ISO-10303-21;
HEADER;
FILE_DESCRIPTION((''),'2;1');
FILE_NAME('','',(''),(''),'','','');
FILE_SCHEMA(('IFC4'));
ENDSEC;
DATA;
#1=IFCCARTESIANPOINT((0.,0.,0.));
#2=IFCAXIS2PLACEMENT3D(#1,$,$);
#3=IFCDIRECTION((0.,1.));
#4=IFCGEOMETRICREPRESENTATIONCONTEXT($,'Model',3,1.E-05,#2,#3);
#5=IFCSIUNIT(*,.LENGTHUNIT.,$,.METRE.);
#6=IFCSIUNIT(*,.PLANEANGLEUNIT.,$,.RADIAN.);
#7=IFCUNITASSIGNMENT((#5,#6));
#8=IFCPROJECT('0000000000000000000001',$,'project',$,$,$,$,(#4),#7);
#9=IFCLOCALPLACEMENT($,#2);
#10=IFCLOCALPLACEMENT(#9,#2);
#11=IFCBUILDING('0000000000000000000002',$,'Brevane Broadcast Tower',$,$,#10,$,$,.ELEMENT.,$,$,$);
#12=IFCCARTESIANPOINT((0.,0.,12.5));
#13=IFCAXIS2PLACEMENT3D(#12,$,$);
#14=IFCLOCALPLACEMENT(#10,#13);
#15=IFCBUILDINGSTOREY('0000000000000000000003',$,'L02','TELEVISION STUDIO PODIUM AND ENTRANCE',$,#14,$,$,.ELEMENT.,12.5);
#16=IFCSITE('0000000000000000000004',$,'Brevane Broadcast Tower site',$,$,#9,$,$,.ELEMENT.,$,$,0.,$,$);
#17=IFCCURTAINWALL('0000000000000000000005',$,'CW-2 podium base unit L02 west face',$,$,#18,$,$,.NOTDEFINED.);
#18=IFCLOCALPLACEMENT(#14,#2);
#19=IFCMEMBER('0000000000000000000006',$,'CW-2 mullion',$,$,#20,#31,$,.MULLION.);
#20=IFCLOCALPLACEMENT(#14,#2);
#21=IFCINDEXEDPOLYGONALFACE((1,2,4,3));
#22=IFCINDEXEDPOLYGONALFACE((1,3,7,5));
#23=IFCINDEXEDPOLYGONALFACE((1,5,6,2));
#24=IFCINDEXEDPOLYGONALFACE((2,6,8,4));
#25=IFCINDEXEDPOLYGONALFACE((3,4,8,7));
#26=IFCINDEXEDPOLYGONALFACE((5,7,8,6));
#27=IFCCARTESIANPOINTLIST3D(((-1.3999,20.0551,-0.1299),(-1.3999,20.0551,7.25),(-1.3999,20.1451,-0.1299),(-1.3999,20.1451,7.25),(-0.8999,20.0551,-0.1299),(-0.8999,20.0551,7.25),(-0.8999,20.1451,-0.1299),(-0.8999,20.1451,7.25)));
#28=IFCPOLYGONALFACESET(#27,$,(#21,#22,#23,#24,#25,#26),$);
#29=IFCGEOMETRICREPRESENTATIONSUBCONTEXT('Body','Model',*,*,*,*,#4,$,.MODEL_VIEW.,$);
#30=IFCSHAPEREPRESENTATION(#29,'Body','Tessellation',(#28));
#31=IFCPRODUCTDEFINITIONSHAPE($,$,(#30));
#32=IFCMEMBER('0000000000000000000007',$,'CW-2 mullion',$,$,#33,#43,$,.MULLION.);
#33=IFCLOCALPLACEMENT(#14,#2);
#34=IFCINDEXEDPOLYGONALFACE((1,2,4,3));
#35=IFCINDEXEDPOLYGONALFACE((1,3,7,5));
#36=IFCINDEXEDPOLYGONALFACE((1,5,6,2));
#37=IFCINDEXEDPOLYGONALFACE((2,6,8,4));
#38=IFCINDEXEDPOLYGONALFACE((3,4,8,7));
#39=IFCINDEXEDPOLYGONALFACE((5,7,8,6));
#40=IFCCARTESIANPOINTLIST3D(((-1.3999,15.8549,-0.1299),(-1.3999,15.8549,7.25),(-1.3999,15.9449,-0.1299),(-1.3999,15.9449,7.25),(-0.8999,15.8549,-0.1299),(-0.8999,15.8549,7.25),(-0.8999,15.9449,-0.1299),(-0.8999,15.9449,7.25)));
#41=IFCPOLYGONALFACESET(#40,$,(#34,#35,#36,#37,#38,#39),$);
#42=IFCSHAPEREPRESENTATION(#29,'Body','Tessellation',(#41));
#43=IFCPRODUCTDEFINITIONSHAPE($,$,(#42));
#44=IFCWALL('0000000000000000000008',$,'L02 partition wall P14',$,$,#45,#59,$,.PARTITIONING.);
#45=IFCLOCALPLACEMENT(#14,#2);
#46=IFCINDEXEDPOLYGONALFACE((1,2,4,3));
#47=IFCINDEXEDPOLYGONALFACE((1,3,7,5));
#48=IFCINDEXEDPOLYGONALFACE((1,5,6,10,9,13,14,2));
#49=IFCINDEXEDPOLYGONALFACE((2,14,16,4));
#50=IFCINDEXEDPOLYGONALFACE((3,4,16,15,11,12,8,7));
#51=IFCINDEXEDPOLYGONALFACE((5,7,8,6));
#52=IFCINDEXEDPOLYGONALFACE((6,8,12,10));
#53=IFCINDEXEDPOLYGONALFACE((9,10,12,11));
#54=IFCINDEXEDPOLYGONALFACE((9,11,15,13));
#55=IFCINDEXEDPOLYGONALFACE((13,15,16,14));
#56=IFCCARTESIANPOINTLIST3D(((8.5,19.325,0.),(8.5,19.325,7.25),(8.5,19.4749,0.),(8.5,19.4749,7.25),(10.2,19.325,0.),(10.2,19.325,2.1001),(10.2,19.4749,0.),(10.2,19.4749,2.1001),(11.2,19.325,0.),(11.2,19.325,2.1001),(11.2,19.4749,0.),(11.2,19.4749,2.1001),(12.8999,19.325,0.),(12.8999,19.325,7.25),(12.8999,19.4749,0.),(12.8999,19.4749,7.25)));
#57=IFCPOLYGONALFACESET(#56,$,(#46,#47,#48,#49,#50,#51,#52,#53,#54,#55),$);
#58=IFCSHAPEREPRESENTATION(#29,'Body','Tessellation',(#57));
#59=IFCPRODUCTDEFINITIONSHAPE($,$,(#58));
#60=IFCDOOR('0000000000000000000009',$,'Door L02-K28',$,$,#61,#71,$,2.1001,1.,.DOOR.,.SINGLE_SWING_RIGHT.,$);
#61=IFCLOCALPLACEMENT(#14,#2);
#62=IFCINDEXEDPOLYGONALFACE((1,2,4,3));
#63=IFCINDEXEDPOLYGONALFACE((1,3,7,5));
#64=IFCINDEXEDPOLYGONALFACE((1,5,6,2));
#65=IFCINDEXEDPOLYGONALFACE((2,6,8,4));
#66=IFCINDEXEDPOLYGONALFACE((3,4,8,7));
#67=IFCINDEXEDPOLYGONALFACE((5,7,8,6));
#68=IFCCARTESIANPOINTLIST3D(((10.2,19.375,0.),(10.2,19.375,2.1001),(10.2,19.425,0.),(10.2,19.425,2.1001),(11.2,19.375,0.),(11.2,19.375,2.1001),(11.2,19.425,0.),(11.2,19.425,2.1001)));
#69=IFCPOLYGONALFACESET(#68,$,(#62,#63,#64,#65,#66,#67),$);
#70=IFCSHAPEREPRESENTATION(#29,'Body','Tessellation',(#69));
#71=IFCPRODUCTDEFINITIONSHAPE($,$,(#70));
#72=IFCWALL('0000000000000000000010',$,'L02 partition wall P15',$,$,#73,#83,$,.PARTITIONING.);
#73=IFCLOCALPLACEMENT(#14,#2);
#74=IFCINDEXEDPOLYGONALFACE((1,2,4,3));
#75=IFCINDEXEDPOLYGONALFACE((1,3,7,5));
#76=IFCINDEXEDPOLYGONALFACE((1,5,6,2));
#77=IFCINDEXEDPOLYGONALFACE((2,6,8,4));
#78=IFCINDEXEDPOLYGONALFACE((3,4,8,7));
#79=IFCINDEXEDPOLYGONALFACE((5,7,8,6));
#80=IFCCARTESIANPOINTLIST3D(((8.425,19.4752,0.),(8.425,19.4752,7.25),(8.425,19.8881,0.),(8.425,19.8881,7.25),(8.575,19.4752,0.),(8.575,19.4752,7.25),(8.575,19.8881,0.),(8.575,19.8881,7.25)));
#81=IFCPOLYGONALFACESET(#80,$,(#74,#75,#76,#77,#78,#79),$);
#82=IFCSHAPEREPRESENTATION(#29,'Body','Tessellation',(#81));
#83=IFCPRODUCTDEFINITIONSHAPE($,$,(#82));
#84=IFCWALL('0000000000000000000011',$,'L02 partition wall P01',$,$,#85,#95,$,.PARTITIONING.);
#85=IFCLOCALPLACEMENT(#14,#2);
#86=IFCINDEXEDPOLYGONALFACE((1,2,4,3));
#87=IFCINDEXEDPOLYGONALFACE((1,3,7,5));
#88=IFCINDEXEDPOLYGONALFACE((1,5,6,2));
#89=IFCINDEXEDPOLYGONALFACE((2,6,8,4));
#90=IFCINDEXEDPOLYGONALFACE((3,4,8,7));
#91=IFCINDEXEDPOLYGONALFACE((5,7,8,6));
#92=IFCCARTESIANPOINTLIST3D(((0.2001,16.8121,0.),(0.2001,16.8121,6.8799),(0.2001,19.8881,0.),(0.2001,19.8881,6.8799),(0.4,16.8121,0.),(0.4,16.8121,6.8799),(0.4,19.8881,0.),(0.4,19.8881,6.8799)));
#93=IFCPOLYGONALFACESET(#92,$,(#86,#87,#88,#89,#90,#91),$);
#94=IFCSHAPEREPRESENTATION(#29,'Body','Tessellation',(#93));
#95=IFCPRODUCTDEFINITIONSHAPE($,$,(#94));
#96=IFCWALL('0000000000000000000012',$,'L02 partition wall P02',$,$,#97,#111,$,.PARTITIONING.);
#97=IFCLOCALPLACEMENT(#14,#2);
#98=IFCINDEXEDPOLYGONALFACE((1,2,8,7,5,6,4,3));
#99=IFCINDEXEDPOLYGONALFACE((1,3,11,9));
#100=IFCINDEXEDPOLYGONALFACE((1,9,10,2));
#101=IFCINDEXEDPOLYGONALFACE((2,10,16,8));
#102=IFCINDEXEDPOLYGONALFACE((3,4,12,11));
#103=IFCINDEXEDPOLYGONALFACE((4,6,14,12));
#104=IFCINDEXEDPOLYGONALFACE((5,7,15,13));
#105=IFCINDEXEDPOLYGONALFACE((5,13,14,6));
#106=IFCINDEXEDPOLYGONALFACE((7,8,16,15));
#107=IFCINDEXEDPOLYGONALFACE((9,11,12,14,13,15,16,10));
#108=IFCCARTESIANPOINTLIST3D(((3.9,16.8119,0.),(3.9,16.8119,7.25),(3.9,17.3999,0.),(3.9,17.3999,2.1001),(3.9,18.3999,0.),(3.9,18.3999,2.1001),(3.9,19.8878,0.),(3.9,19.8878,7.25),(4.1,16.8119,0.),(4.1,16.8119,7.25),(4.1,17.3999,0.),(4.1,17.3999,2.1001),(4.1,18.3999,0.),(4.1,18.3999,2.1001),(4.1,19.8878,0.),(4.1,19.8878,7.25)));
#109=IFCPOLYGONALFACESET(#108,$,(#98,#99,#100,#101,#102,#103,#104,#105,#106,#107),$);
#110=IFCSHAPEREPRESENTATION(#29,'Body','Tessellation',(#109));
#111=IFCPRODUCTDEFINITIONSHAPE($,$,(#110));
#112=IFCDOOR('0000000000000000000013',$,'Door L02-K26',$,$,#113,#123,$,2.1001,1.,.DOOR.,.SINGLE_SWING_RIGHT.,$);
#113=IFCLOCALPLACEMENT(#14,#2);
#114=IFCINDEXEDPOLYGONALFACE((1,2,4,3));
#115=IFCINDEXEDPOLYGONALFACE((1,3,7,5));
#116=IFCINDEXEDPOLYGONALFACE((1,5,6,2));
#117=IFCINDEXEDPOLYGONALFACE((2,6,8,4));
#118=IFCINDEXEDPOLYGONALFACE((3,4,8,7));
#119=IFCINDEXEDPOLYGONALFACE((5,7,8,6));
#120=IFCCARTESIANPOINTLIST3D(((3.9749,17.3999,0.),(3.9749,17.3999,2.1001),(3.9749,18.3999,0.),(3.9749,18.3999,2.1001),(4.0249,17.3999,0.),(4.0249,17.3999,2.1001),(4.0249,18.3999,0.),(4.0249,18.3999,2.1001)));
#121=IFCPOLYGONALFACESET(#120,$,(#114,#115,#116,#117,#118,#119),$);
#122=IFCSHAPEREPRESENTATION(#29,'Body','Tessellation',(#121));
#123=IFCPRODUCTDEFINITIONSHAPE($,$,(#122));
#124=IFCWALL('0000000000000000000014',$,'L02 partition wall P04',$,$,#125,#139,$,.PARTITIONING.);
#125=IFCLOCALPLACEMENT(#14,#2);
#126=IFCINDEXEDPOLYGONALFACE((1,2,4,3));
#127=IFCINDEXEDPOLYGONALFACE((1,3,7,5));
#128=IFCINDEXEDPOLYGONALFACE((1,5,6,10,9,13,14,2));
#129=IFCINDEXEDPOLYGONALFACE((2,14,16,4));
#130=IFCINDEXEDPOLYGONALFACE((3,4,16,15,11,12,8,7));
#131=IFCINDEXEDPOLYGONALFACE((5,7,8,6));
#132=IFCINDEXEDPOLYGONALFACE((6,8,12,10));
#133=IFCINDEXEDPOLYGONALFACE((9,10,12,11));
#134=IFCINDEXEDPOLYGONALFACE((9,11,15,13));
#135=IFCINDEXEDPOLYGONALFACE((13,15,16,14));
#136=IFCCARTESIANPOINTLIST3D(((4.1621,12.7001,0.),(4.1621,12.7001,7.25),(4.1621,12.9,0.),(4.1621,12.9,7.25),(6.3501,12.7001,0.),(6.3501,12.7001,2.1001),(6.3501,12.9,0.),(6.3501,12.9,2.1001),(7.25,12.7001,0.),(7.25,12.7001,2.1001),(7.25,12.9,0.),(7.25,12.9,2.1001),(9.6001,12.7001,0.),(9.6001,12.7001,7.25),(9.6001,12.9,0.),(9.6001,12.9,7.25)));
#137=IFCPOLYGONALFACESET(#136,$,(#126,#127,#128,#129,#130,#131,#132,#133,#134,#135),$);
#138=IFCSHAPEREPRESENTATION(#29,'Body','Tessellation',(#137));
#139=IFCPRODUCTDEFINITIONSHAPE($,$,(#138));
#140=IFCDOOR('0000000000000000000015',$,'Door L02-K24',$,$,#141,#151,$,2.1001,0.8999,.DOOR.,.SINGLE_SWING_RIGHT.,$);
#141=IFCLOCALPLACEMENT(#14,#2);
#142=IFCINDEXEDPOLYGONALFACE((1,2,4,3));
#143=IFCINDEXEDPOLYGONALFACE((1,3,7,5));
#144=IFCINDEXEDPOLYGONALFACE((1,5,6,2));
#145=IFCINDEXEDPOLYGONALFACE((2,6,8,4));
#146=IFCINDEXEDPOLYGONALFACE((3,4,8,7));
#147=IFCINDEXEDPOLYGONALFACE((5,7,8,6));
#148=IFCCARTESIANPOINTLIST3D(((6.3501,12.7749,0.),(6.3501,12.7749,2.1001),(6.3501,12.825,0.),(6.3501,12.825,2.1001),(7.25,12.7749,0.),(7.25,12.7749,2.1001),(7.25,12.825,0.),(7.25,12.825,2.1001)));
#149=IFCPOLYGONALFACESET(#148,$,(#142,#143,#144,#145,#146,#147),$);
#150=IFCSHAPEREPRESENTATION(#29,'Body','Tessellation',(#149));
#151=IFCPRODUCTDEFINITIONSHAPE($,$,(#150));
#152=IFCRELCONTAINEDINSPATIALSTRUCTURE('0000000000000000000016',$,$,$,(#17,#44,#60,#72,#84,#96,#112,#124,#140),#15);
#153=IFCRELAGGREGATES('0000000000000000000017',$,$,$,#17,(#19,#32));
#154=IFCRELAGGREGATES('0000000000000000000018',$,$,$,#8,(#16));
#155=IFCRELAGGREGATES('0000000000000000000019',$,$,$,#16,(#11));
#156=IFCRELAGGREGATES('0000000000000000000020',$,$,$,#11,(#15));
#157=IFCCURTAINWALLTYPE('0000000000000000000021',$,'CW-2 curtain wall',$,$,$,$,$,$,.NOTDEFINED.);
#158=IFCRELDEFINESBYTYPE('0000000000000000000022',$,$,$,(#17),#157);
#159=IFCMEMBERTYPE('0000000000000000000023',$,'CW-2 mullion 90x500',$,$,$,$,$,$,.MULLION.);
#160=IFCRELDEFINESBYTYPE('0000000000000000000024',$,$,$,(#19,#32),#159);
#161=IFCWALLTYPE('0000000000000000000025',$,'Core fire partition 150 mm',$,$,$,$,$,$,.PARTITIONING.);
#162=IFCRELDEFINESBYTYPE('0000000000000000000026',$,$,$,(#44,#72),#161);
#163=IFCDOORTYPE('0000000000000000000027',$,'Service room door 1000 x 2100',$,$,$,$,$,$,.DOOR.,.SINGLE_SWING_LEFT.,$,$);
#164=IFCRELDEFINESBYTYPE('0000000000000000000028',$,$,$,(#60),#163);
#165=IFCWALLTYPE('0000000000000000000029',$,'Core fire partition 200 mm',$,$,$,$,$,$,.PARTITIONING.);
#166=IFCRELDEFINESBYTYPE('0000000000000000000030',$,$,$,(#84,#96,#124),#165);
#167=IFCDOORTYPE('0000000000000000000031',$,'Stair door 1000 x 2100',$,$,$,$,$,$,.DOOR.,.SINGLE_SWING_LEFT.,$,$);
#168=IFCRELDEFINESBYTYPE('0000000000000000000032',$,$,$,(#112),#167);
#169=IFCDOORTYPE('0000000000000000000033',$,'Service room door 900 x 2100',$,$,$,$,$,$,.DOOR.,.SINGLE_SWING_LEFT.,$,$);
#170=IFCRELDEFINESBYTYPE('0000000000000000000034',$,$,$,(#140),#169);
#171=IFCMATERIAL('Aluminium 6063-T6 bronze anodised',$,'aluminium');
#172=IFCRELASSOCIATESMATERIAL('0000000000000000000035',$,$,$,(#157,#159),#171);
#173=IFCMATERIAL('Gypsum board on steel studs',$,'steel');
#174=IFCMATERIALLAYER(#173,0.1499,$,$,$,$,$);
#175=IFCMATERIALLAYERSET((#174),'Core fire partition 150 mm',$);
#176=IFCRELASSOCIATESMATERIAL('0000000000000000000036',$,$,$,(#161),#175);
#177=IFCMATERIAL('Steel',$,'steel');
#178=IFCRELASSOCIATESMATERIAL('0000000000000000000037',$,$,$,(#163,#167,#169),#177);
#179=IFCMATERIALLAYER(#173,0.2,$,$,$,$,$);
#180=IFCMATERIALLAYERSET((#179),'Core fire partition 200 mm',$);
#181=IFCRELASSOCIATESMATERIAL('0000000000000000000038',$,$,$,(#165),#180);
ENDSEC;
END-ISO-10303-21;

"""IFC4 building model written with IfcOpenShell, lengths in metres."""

from ifc_helpers import new_model, si_unit, direction, frame, frame_2d, origin, origin_2d, place, context, subcontext, project, spatial, rectangle, extrude, material, layer, layer_set, material_profile, profile_set, type_object, element, fill, aggregate, save


model = new_model("IFC4")

# Units and contexts
model_context = context("Model", 3, precision=1e-05, world=origin(), true_north=direction((0.0, 1.0)))
body_context = subcontext(model_context, "Body", "Model", "MODEL_VIEW")
ifc_project = project(units=[si_unit("LENGTHUNIT", "METRE"), si_unit("PLANEANGLEUNIT", "RADIAN")], contexts=[model_context])

# Site, building, storey
site_placement = place(None, origin())
site = spatial("IfcSite", under=ifc_project, at=site_placement, Name="Brevane Broadcast Tower site", CompositionType="ELEMENT", RefElevation=0.0)
building_placement = place(site_placement, origin())
building = spatial("IfcBuilding", under=site, at=building_placement, Name="Brevane Broadcast Tower", CompositionType="ELEMENT")
storey_placement = place(building_placement, frame((0.0, 0.0, 12.5)))
storey = spatial("IfcBuildingStorey", under=building, at=storey_placement, Name="L02", Description="TELEVISION STUDIO PODIUM AND ENTRANCE", CompositionType="ELEMENT", Elevation=12.5)

# Curtain wall, members
ifc_material_1 = material(Name="Aluminium 6063-T6 bronze anodised", Category="aluminium")
curtain_wall_type = type_object("IfcCurtainWallType", Name="CW-2 curtain wall", PredefinedType="NOTDEFINED", material=ifc_material_1)
curtain_wall_placement = place(storey_placement, origin())
curtain_wall = element("IfcCurtainWall", 1, at=curtain_wall_placement, inside=storey, type_object=curtain_wall_type, Name="CW-2 podium base unit L02 west face", PredefinedType="NOTDEFINED")
ifc_material_profile = material_profile(ifc_material_1, rectangle(XDim=0.5, YDim=0.0901, at=origin_2d()), Name="RECT 90x500")
ifc_profile_set = profile_set([ifc_material_profile], Name="Aluminium 6063-T6 bronze anodised")
member_type = type_object("IfcMemberType", Name="CW-2 mullion 90x500", PredefinedType="MULLION", material=ifc_profile_set)
member_1_placement = place(storey_placement, frame((-1.1499, 20.1001, -0.1299), z_axis=(0.0, 0.0, 1.0), x_axis=(1.0, 0.0, 0.0)))
member_1 = element("IfcMember", 2, at=member_1_placement, type_object=member_type, Name="CW-2 mullion", PredefinedType="MULLION", context=body_context, shape_type="SweptSolid", body=[
    extrude(rectangle(XDim=0.5, YDim=0.0901, at=origin_2d()), origin(), (0.0, 0.0, 1.0), 7.3799),
])
member_2_placement = place(storey_placement, frame((-1.1499, 15.8999, -0.1299), z_axis=(0.0, 0.0, 1.0), x_axis=(1.0, 0.0, 0.0)))
member_2 = element("IfcMember", 3, at=member_2_placement, type_object=member_type, Name="CW-2 mullion", PredefinedType="MULLION", context=body_context, shape_type="SweptSolid", body=[
    extrude(rectangle(XDim=0.5, YDim=0.0901, at=origin_2d()), origin(), (0.0, 0.0, 1.0), 7.3799),
])
aggregate(curtain_wall, [member_1, member_2])

# Wall, opening, door
ifc_material_2 = material(Name="Gypsum board on steel studs", Category="steel")
ifc_layer_1 = layer(ifc_material_2, 0.1499)
ifc_layer_set_1 = layer_set([ifc_layer_1], Name="Core fire partition 150 mm")
wall_type_1 = type_object("IfcWallType", Name="Core fire partition 150 mm", PredefinedType="PARTITIONING", material=ifc_layer_set_1)
wall_1_placement = place(storey_placement, frame((12.8999, 19.3999, 0.0), z_axis=(0.0, 0.0, 1.0), x_axis=(-1.0, 0.0, 0.0)))
wall_1 = element("IfcWall", 4, at=wall_1_placement, inside=storey, type_object=wall_type_1, Name="L02 partition wall P14", PredefinedType="PARTITIONING", context=body_context, shape_type="SweptSolid", body=[
    extrude(rectangle(XDim=4.3999, YDim=0.1499, at=frame_2d((2.2, 0.0))), origin(), (0.0, 0.0, 1.0), 7.25),
])
opening_1_placement = place(wall_1_placement, frame((1.7, 0.0, 0.0)))
opening_1 = element("IfcOpeningElement", 5, at=opening_1_placement, cuts=wall_1, PredefinedType="OPENING", context=body_context, shape_type="SweptSolid", body=[
    extrude(rectangle(XDim=1.0, YDim=2.1001, at=frame_2d((0.5, 1.05))), frame((0.0, 0.085, 0.0), z_axis=(0.0, -1.0, 0.0), x_axis=(1.0, 0.0, 0.0)), (0.0, 0.0, 1.0), 0.1699),
])
ifc_material_3 = material(Name="Steel", Category="steel")
door_type_1 = type_object("IfcDoorType", Name="Service room door 1000 x 2100", OperationType="SINGLE_SWING_LEFT", PredefinedType="DOOR", material=ifc_material_3)
door_1_placement = place(opening_1_placement, origin())
door_1 = element("IfcDoor", 6, at=door_1_placement, inside=storey, type_object=door_type_1, Name="Door L02-K28", OperationType="SINGLE_SWING_RIGHT", OverallHeight=2.1001, OverallWidth=1.0, PredefinedType="DOOR", context=body_context, shape_type="SweptSolid", body=[
    extrude(rectangle(XDim=1.0, YDim=2.1001, at=frame_2d((0.5, 1.05))), frame((0.0, 0.0249, 0.0), z_axis=(0.0, -1.0, 0.0), x_axis=(1.0, 0.0, 0.0)), (0.0, 0.0, 1.0), 0.05),
])
fill(opening_1, door_1)

# Walls
wall_2_placement = place(storey_placement, frame((8.5, 19.4751, 0.0), z_axis=(0.0, 0.0, 1.0), x_axis=(0.0, 1.0, 0.0)))
element("IfcWall", 7, at=wall_2_placement, inside=storey, type_object=wall_type_1, Name="L02 partition wall P15", PredefinedType="PARTITIONING", context=body_context, shape_type="SweptSolid", body=[
    extrude(rectangle(XDim=0.4128, YDim=0.1499, at=frame_2d((0.2065, 0.0))), origin(), (0.0, 0.0, 1.0), 7.25),
])
ifc_layer_2 = layer(ifc_material_2, 0.2)
ifc_layer_set_2 = layer_set([ifc_layer_2], Name="Core fire partition 200 mm")
wall_type_2 = type_object("IfcWallType", Name="Core fire partition 200 mm", PredefinedType="PARTITIONING", material=ifc_layer_set_2)
wall_3_placement = place(storey_placement, frame((0.3, 16.812, 0.0), z_axis=(0.0, 0.0, 1.0), x_axis=(0.0, 1.0, 0.0)))
element("IfcWall", 8, at=wall_3_placement, inside=storey, type_object=wall_type_2, Name="L02 partition wall P01", PredefinedType="PARTITIONING", context=body_context, shape_type="SweptSolid", body=[
    extrude(rectangle(XDim=3.0759, YDim=0.2, at=frame_2d((1.5381, 0.0))), origin(), (0.0, 0.0, 1.0), 6.8799),
])

# Walls, openings, doors
wall_4_placement = place(storey_placement, frame((4.0, 19.8879, 0.0), z_axis=(0.0, 0.0, 1.0), x_axis=(0.0, -1.0, 0.0)))
wall_4 = element("IfcWall", 9, at=wall_4_placement, inside=storey, type_object=wall_type_2, Name="L02 partition wall P02", PredefinedType="PARTITIONING", context=body_context, shape_type="SweptSolid", body=[
    extrude(rectangle(XDim=3.0759, YDim=0.2, at=frame_2d((1.5381, 0.0))), origin(), (0.0, 0.0, 1.0), 7.25),
])
opening_2_placement = place(wall_4_placement, frame((1.488, 0.0, 0.0)))
opening_2 = element("IfcOpeningElement", 10, at=opening_2_placement, cuts=wall_4, PredefinedType="OPENING", context=body_context, shape_type="SweptSolid", body=[
    extrude(rectangle(XDim=1.0, YDim=2.1001, at=frame_2d((0.5, 1.05))), frame((0.0, 0.1099, 0.0), z_axis=(0.0, -1.0, 0.0), x_axis=(1.0, 0.0, 0.0)), (0.0, 0.0, 1.0), 0.22),
])
door_type_2 = type_object("IfcDoorType", Name="Stair door 1000 x 2100", OperationType="SINGLE_SWING_LEFT", PredefinedType="DOOR", material=ifc_material_3)
door_2_placement = place(opening_2_placement, origin())
door_2 = element("IfcDoor", 11, at=door_2_placement, inside=storey, type_object=door_type_2, Name="Door L02-K26", OperationType="SINGLE_SWING_RIGHT", OverallHeight=2.1001, OverallWidth=1.0, PredefinedType="DOOR", context=body_context, shape_type="SweptSolid", body=[
    extrude(rectangle(XDim=1.0, YDim=2.1001, at=frame_2d((0.5, 1.05))), frame((0.0, 0.0249, 0.0), z_axis=(0.0, -1.0, 0.0), x_axis=(1.0, 0.0, 0.0)), (0.0, 0.0, 1.0), 0.05),
])
fill(opening_2, door_2)
wall_5_placement = place(storey_placement, frame((4.1621, 12.8, 0.0), z_axis=(0.0, 0.0, 1.0), x_axis=(1.0, 0.0, 0.0)))
wall_5 = element("IfcWall", 12, at=wall_5_placement, inside=storey, type_object=wall_type_2, Name="L02 partition wall P04", PredefinedType="PARTITIONING", context=body_context, shape_type="SweptSolid", body=[
    extrude(rectangle(XDim=5.438, YDim=0.2, at=frame_2d((2.719, 0.0))), origin(), (0.0, 0.0, 1.0), 7.25),
])
opening_3_placement = place(wall_5_placement, frame((2.188, 0.0, 0.0)))
opening_3 = element("IfcOpeningElement", 13, at=opening_3_placement, cuts=wall_5, PredefinedType="OPENING", context=body_context, shape_type="SweptSolid", body=[
    extrude(rectangle(XDim=0.8999, YDim=2.1001, at=frame_2d((0.45, 1.05))), frame((0.0, 0.1099, 0.0), z_axis=(0.0, -1.0, 0.0), x_axis=(1.0, 0.0, 0.0)), (0.0, 0.0, 1.0), 0.22),
])
door_type_3 = type_object("IfcDoorType", Name="Service room door 900 x 2100", OperationType="SINGLE_SWING_LEFT", PredefinedType="DOOR", material=ifc_material_3)
door_3_placement = place(opening_3_placement, origin())
door_3 = element("IfcDoor", 14, at=door_3_placement, inside=storey, type_object=door_type_3, Name="Door L02-K24", OperationType="SINGLE_SWING_RIGHT", OverallHeight=2.1001, OverallWidth=0.8999, PredefinedType="DOOR", context=body_context, shape_type="SweptSolid", body=[
    extrude(rectangle(XDim=0.8999, YDim=2.1001, at=frame_2d((0.45, 1.05))), frame((0.0, 0.0249, 0.0), z_axis=(0.0, -1.0, 0.0), x_axis=(1.0, 0.0, 0.0)), (0.0, 0.0, 1.0), 0.05),
])
fill(opening_3, door_3)

save(model, "model.ifc")
